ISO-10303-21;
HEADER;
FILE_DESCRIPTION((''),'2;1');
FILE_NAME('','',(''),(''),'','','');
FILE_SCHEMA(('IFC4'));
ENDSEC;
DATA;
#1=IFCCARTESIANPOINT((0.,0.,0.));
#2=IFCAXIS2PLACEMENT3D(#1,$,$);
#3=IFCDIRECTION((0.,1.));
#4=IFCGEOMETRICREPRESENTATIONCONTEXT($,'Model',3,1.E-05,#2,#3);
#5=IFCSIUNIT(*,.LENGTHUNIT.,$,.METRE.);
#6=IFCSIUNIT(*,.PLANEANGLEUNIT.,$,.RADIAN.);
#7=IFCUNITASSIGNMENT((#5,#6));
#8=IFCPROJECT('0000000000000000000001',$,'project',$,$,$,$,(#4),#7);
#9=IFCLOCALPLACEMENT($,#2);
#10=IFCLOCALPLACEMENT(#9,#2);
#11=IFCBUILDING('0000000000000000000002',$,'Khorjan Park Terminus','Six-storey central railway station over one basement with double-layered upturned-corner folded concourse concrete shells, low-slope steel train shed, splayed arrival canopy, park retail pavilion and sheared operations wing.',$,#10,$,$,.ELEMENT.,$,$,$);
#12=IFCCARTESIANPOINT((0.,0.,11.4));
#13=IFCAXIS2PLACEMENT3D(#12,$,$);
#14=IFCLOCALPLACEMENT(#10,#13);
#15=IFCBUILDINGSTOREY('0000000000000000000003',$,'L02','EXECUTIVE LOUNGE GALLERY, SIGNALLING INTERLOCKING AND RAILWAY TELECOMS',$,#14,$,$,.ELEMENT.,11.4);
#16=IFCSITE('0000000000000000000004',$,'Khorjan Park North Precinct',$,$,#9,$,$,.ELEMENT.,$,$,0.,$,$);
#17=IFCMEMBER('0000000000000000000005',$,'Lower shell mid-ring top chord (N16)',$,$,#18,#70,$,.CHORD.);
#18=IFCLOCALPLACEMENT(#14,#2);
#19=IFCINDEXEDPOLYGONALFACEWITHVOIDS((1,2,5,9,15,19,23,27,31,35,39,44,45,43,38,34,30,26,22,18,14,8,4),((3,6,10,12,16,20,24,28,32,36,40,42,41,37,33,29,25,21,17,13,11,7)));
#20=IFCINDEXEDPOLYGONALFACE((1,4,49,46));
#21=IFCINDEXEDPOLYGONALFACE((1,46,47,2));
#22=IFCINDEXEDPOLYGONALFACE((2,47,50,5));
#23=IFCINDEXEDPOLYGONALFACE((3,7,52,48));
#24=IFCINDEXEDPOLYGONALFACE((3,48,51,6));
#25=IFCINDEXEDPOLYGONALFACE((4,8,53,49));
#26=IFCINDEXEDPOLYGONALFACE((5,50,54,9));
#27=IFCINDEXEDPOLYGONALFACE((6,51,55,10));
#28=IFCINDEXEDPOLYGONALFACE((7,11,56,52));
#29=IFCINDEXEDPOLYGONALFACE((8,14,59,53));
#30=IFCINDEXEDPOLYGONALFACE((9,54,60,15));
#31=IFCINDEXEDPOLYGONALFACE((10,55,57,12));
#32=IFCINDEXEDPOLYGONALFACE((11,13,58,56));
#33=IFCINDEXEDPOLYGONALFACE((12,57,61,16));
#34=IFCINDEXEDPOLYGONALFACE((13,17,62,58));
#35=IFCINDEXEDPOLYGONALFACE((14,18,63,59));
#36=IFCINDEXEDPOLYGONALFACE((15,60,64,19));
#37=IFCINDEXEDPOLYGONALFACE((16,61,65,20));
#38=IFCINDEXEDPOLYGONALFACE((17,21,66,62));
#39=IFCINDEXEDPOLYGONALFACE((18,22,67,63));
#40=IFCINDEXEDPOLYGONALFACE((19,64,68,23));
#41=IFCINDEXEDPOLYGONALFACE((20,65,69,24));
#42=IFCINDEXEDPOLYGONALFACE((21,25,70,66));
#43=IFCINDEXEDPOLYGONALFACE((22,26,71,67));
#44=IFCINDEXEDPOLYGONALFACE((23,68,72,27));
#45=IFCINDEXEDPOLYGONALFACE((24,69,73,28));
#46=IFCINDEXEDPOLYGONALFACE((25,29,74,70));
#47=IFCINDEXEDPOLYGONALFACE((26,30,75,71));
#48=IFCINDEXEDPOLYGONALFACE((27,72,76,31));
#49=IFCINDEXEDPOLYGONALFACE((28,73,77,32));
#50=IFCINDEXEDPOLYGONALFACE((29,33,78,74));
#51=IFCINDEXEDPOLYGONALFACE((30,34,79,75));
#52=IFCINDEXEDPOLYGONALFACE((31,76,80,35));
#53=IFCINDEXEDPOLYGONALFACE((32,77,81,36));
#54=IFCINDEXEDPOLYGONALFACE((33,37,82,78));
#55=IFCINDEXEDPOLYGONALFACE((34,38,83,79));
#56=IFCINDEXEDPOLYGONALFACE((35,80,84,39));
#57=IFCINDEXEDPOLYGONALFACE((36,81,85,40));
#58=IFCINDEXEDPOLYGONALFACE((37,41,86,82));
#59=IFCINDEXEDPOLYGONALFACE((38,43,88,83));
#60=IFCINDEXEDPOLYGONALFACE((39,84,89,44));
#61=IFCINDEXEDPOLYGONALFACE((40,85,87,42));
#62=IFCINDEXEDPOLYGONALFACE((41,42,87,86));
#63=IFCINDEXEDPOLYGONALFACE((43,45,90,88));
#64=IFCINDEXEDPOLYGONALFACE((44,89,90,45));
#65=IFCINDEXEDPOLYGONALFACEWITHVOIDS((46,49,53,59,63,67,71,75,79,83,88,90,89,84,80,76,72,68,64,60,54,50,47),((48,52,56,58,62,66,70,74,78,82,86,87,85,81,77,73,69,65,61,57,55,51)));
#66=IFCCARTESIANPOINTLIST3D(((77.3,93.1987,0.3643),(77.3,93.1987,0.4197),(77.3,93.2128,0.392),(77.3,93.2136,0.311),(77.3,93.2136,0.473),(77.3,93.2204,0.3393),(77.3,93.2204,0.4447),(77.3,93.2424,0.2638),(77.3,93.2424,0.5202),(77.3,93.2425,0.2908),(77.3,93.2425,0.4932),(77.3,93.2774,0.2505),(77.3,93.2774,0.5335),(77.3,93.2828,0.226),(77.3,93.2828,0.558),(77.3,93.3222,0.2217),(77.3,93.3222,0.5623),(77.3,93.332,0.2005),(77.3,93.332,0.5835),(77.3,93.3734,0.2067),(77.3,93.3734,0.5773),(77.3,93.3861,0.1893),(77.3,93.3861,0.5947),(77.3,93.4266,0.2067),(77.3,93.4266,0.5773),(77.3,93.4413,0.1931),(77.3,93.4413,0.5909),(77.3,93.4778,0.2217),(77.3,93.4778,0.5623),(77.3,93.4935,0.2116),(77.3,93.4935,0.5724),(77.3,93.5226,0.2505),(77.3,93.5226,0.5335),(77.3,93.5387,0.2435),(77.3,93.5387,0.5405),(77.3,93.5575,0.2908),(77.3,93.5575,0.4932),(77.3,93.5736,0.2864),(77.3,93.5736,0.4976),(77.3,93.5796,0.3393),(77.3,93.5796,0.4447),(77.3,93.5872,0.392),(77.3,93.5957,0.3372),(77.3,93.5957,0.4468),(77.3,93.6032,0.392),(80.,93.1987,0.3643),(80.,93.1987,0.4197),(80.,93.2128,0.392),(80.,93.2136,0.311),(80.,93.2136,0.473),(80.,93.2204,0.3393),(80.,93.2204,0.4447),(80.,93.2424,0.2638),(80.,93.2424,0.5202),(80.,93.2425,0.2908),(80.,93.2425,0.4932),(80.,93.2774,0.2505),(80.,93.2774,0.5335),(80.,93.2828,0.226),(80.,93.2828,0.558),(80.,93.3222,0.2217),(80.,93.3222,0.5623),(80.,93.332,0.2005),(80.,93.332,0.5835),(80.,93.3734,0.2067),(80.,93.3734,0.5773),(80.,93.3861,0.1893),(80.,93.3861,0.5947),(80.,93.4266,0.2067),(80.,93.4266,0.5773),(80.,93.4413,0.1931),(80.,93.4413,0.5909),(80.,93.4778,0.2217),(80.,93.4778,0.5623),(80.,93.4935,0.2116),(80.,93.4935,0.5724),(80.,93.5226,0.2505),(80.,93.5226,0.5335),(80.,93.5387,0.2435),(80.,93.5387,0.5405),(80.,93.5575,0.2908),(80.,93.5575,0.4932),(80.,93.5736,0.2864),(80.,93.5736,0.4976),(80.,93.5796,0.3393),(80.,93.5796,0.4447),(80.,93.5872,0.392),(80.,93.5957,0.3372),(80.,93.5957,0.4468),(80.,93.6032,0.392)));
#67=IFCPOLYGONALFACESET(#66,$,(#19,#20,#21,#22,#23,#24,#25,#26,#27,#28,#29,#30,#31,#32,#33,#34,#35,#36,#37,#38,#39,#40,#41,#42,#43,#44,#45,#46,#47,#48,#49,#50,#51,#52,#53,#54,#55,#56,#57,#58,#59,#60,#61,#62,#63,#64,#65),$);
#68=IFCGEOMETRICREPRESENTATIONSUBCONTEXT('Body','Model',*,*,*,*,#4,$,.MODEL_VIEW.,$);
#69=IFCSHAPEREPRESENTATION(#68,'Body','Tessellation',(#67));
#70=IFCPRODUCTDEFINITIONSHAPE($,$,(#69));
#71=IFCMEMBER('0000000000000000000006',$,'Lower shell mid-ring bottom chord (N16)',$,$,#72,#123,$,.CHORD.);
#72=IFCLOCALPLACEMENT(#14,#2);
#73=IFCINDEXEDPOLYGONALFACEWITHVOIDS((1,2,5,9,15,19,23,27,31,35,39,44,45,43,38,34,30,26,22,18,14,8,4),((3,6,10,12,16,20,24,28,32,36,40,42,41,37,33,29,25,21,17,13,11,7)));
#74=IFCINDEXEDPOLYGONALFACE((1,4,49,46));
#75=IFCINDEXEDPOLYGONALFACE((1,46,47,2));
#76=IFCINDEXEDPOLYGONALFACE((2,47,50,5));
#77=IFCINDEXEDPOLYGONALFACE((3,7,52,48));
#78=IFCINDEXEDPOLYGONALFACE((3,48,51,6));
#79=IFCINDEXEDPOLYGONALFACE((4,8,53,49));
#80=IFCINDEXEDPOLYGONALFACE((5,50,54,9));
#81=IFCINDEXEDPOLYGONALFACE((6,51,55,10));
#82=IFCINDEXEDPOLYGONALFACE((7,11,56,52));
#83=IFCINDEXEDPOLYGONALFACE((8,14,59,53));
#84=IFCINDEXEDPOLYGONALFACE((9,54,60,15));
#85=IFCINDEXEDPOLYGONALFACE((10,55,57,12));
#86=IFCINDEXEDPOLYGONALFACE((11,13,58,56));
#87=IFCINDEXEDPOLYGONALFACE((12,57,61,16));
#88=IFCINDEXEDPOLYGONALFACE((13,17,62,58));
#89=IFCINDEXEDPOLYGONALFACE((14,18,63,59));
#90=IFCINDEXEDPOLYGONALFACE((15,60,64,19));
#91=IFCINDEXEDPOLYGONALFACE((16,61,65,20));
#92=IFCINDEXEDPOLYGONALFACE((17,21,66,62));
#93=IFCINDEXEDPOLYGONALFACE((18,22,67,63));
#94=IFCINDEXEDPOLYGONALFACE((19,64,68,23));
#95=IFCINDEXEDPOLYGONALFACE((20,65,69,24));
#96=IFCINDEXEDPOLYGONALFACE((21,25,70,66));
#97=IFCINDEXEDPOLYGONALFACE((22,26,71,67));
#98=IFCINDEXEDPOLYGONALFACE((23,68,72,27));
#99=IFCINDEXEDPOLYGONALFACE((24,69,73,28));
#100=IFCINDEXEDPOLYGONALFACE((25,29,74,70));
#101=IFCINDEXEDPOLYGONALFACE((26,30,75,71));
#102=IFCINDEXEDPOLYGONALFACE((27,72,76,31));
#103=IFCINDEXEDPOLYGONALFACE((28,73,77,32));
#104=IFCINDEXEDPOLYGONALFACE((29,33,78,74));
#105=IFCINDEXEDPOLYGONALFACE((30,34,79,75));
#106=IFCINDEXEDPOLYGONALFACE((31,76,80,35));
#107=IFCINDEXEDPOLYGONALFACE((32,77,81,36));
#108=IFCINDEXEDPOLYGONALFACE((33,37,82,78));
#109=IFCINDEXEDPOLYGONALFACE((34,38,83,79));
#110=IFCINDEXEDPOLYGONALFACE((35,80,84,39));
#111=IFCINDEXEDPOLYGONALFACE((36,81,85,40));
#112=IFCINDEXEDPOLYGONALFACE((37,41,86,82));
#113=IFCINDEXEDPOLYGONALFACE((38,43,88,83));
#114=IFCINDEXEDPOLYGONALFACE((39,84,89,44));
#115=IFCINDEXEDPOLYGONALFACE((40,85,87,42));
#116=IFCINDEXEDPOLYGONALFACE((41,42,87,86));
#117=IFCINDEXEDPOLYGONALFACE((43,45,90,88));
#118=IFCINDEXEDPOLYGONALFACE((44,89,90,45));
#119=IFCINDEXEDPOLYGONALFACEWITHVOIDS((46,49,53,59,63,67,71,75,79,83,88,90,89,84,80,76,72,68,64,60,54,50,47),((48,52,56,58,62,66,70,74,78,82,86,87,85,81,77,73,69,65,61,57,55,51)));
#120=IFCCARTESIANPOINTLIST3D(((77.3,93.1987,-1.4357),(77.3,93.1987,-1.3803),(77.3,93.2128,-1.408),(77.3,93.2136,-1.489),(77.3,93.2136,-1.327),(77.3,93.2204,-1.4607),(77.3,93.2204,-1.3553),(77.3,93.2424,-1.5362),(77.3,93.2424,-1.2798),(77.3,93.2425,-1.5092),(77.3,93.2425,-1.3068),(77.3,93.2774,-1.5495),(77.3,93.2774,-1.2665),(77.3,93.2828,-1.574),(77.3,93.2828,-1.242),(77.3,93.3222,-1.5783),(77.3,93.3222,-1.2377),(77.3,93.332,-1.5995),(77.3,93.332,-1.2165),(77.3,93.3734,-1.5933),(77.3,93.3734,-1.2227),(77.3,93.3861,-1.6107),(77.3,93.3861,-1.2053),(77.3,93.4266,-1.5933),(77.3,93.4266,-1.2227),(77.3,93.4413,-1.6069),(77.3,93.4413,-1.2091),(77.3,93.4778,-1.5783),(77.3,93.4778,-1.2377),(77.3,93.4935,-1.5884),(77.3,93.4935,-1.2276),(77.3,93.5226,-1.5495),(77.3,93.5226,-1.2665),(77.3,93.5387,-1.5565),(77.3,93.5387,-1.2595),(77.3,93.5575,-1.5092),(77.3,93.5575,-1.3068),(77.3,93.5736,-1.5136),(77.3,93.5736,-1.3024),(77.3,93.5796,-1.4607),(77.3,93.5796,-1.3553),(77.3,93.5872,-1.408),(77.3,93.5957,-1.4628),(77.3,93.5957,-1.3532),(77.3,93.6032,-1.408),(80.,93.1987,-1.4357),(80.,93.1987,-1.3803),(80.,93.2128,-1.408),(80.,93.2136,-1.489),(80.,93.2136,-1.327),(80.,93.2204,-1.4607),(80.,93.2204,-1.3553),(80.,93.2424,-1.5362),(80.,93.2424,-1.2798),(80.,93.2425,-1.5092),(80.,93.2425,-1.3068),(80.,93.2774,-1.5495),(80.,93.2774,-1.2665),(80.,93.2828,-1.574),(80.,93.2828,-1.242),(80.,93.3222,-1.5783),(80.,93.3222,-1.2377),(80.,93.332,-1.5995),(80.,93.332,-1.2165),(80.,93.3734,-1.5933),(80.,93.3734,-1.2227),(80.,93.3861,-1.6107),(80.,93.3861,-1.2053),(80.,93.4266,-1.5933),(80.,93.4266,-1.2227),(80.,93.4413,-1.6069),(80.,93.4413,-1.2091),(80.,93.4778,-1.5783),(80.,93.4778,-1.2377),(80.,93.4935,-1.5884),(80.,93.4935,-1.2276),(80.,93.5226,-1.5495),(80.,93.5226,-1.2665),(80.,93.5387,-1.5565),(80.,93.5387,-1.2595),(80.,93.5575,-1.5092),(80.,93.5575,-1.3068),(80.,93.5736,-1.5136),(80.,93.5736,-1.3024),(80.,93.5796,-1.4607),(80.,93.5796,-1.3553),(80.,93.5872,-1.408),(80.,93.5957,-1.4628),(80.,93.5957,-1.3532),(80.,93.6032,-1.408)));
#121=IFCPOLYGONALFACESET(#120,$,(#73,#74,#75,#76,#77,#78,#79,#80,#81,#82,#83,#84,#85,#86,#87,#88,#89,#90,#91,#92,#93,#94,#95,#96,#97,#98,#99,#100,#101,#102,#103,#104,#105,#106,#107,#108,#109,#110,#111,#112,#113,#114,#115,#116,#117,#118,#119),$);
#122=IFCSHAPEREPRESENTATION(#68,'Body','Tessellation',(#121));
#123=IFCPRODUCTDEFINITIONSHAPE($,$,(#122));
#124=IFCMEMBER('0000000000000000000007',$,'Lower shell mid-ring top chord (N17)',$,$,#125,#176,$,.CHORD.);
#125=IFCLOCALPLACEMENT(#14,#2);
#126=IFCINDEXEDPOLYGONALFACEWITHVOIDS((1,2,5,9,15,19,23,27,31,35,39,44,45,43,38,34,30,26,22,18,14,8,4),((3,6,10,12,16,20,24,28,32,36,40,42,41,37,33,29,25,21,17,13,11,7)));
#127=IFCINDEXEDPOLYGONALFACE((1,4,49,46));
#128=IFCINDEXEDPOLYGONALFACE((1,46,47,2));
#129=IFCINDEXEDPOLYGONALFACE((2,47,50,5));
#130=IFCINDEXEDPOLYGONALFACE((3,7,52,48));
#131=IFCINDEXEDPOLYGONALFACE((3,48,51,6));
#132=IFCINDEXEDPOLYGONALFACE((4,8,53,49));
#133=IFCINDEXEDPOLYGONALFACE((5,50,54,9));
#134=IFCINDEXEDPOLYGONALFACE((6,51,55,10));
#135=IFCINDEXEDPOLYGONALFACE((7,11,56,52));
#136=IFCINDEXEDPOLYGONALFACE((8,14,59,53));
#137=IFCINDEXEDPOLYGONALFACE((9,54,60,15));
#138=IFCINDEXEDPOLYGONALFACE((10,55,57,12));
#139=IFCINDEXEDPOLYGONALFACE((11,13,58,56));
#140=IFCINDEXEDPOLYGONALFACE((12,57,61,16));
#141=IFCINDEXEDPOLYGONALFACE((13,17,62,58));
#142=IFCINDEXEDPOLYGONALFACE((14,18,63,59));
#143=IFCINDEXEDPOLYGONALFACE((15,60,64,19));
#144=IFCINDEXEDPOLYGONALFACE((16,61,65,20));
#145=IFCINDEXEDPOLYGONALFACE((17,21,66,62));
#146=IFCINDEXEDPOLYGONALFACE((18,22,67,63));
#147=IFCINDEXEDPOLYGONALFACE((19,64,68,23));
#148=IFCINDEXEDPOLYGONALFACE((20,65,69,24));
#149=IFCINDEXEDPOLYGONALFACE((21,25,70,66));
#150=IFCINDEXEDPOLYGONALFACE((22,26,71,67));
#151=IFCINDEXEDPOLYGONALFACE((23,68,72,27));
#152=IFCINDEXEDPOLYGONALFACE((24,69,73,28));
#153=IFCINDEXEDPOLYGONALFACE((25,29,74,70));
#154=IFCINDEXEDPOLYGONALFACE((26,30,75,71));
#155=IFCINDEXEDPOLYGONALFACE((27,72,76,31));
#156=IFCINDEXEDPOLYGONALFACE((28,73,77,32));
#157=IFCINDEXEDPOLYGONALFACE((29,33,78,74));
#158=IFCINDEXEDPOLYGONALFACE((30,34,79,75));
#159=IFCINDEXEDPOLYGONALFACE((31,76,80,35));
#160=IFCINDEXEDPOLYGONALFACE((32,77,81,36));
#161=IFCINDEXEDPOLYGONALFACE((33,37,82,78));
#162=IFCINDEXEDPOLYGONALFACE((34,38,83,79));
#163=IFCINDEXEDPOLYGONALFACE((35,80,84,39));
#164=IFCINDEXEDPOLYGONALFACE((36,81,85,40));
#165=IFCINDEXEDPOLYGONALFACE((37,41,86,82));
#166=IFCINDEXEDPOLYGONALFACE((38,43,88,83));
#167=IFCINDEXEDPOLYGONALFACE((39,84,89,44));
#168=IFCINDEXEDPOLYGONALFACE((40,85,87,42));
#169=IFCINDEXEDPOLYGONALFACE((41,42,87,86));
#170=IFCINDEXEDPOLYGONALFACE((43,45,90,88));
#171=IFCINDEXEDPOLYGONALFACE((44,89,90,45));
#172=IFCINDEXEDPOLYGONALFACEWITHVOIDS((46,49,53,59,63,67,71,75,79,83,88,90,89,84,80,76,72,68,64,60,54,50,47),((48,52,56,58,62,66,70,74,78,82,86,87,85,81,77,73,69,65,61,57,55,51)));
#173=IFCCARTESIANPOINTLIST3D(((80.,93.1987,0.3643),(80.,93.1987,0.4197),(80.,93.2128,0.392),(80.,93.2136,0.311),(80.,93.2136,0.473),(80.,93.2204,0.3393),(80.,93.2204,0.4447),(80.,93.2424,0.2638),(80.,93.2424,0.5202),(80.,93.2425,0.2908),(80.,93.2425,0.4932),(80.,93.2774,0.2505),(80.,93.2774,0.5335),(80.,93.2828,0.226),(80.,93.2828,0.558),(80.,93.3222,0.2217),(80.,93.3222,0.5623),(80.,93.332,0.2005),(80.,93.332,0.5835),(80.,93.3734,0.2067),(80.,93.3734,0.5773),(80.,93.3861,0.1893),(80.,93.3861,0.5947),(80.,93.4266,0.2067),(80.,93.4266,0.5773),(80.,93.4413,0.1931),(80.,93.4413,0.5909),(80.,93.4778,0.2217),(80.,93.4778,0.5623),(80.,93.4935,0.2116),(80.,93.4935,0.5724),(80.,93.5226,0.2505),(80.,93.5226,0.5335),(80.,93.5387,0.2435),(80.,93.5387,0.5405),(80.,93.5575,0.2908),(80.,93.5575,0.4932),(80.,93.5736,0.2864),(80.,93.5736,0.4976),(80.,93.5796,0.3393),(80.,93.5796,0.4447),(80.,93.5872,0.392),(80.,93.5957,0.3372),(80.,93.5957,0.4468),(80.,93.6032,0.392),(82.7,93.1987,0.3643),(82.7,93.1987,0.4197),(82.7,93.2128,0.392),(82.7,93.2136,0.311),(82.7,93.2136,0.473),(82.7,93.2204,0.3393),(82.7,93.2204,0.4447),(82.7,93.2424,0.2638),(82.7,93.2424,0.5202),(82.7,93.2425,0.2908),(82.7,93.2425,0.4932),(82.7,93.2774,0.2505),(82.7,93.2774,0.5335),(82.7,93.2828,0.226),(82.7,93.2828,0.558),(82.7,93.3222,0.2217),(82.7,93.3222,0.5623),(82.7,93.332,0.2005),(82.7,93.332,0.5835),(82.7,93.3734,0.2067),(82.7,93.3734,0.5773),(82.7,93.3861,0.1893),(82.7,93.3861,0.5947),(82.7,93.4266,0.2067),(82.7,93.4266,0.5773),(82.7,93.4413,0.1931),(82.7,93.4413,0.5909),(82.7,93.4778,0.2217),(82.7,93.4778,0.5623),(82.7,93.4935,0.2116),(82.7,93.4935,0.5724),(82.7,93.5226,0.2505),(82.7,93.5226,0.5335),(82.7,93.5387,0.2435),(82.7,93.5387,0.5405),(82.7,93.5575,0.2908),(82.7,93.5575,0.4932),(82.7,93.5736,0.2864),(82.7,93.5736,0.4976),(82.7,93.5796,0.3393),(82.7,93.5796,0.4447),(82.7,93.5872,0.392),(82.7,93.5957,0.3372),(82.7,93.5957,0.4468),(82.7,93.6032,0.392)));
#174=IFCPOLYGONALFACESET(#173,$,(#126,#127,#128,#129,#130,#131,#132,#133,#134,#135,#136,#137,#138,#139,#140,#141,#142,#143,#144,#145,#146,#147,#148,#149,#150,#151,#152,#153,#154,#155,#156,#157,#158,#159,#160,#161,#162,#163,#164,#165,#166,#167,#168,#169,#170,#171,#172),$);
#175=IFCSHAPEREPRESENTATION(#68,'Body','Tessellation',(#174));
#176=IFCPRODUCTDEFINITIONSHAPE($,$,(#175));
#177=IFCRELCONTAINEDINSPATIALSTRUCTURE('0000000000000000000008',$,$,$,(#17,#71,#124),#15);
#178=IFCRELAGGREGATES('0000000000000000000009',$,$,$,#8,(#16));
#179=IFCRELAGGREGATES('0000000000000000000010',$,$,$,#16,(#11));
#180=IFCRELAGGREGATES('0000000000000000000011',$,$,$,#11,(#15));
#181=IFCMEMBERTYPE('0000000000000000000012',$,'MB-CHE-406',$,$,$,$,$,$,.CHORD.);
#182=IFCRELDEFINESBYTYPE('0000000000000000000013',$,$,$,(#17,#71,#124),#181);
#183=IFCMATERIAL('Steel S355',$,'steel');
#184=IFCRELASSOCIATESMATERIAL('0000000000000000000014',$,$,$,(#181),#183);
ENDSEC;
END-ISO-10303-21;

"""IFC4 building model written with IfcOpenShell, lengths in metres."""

from ifc_helpers import new_model, si_unit, direction, frame, origin, origin_2d, place, context, subcontext, project, spatial, hollow_circle, extrude, material, material_profile, profile_set, type_object, element, save


model = new_model("IFC4")

# Units and contexts
model_context = context("Model", 3, precision=1e-05, world=origin(), true_north=direction((0.0, 1.0)))
body_context = subcontext(model_context, "Body", "Model", "MODEL_VIEW")
ifc_project = project(units=[si_unit("LENGTHUNIT", "METRE"), si_unit("PLANEANGLEUNIT", "RADIAN")], contexts=[model_context])

# Site, building, storey
site_placement = place(None, origin())
site = spatial("IfcSite", under=ifc_project, at=site_placement, Name="Khorjan Park North Precinct", CompositionType="ELEMENT", RefElevation=0.0)
building_placement = place(site_placement, origin())
building = spatial("IfcBuilding", under=site, at=building_placement, Name="Khorjan Park Terminus", Description="Six-storey central railway station over one basement with double-layered upturned-corner folded concourse concrete shells, low-slope steel train shed, splayed arrival canopy, park retail pavilion and sheared operations wing.", CompositionType="ELEMENT")
storey_placement = place(building_placement, frame((0.0, 0.0, 11.4)))
storey = spatial("IfcBuildingStorey", under=building, at=storey_placement, Name="L02", Description="EXECUTIVE LOUNGE GALLERY, SIGNALLING INTERLOCKING AND RAILWAY TELECOMS", CompositionType="ELEMENT", Elevation=11.4)

# Members
ifc_material_1 = material(Name="Steel S355", Category="steel")
ifc_material_profile_1 = material_profile(ifc_material_1, hollow_circle(Radius=0.2032, WallThickness=0.016, at=origin_2d()), Name="CHS 406.4x16")
ifc_profile_set_1 = profile_set([ifc_material_profile_1], Name="Steel S355")
member_type_1 = type_object("IfcMemberType", Name="MB-CHE-406", PredefinedType="CHORD", material=ifc_profile_set_1)
for number, where, z_axis, x_axis, name in (
    (1, (77.3, 93.4, 0.392), (1.0, 0.0, 0.0), (0.0, 1.0, 0.0), "Lower shell mid-ring top chord (N16)"),
    (2, (77.3, 93.4, -1.408), (1.0, 0.0, 0.0), (0.0, 1.0, 0.0), "Lower shell mid-ring bottom chord (N16)"),
    (3, (80.0, 93.4, 0.392), (1.0, 0.0, 0.0), (0.0, 1.0, 0.0), "Lower shell mid-ring top chord (N17)"),
):
    element("IfcMember", number, at=place(storey_placement, frame(where, z_axis=z_axis, x_axis=x_axis)), inside=storey, type_object=member_type_1, Name=name, PredefinedType="CHORD", context=body_context, shape_type="SweptSolid", body=[
        extrude(hollow_circle(Radius=0.2032, WallThickness=0.016, at=origin_2d()), origin(), (0.0, 0.0, 1.0), 2.7),
    ])

save(model, "model.ifc")
